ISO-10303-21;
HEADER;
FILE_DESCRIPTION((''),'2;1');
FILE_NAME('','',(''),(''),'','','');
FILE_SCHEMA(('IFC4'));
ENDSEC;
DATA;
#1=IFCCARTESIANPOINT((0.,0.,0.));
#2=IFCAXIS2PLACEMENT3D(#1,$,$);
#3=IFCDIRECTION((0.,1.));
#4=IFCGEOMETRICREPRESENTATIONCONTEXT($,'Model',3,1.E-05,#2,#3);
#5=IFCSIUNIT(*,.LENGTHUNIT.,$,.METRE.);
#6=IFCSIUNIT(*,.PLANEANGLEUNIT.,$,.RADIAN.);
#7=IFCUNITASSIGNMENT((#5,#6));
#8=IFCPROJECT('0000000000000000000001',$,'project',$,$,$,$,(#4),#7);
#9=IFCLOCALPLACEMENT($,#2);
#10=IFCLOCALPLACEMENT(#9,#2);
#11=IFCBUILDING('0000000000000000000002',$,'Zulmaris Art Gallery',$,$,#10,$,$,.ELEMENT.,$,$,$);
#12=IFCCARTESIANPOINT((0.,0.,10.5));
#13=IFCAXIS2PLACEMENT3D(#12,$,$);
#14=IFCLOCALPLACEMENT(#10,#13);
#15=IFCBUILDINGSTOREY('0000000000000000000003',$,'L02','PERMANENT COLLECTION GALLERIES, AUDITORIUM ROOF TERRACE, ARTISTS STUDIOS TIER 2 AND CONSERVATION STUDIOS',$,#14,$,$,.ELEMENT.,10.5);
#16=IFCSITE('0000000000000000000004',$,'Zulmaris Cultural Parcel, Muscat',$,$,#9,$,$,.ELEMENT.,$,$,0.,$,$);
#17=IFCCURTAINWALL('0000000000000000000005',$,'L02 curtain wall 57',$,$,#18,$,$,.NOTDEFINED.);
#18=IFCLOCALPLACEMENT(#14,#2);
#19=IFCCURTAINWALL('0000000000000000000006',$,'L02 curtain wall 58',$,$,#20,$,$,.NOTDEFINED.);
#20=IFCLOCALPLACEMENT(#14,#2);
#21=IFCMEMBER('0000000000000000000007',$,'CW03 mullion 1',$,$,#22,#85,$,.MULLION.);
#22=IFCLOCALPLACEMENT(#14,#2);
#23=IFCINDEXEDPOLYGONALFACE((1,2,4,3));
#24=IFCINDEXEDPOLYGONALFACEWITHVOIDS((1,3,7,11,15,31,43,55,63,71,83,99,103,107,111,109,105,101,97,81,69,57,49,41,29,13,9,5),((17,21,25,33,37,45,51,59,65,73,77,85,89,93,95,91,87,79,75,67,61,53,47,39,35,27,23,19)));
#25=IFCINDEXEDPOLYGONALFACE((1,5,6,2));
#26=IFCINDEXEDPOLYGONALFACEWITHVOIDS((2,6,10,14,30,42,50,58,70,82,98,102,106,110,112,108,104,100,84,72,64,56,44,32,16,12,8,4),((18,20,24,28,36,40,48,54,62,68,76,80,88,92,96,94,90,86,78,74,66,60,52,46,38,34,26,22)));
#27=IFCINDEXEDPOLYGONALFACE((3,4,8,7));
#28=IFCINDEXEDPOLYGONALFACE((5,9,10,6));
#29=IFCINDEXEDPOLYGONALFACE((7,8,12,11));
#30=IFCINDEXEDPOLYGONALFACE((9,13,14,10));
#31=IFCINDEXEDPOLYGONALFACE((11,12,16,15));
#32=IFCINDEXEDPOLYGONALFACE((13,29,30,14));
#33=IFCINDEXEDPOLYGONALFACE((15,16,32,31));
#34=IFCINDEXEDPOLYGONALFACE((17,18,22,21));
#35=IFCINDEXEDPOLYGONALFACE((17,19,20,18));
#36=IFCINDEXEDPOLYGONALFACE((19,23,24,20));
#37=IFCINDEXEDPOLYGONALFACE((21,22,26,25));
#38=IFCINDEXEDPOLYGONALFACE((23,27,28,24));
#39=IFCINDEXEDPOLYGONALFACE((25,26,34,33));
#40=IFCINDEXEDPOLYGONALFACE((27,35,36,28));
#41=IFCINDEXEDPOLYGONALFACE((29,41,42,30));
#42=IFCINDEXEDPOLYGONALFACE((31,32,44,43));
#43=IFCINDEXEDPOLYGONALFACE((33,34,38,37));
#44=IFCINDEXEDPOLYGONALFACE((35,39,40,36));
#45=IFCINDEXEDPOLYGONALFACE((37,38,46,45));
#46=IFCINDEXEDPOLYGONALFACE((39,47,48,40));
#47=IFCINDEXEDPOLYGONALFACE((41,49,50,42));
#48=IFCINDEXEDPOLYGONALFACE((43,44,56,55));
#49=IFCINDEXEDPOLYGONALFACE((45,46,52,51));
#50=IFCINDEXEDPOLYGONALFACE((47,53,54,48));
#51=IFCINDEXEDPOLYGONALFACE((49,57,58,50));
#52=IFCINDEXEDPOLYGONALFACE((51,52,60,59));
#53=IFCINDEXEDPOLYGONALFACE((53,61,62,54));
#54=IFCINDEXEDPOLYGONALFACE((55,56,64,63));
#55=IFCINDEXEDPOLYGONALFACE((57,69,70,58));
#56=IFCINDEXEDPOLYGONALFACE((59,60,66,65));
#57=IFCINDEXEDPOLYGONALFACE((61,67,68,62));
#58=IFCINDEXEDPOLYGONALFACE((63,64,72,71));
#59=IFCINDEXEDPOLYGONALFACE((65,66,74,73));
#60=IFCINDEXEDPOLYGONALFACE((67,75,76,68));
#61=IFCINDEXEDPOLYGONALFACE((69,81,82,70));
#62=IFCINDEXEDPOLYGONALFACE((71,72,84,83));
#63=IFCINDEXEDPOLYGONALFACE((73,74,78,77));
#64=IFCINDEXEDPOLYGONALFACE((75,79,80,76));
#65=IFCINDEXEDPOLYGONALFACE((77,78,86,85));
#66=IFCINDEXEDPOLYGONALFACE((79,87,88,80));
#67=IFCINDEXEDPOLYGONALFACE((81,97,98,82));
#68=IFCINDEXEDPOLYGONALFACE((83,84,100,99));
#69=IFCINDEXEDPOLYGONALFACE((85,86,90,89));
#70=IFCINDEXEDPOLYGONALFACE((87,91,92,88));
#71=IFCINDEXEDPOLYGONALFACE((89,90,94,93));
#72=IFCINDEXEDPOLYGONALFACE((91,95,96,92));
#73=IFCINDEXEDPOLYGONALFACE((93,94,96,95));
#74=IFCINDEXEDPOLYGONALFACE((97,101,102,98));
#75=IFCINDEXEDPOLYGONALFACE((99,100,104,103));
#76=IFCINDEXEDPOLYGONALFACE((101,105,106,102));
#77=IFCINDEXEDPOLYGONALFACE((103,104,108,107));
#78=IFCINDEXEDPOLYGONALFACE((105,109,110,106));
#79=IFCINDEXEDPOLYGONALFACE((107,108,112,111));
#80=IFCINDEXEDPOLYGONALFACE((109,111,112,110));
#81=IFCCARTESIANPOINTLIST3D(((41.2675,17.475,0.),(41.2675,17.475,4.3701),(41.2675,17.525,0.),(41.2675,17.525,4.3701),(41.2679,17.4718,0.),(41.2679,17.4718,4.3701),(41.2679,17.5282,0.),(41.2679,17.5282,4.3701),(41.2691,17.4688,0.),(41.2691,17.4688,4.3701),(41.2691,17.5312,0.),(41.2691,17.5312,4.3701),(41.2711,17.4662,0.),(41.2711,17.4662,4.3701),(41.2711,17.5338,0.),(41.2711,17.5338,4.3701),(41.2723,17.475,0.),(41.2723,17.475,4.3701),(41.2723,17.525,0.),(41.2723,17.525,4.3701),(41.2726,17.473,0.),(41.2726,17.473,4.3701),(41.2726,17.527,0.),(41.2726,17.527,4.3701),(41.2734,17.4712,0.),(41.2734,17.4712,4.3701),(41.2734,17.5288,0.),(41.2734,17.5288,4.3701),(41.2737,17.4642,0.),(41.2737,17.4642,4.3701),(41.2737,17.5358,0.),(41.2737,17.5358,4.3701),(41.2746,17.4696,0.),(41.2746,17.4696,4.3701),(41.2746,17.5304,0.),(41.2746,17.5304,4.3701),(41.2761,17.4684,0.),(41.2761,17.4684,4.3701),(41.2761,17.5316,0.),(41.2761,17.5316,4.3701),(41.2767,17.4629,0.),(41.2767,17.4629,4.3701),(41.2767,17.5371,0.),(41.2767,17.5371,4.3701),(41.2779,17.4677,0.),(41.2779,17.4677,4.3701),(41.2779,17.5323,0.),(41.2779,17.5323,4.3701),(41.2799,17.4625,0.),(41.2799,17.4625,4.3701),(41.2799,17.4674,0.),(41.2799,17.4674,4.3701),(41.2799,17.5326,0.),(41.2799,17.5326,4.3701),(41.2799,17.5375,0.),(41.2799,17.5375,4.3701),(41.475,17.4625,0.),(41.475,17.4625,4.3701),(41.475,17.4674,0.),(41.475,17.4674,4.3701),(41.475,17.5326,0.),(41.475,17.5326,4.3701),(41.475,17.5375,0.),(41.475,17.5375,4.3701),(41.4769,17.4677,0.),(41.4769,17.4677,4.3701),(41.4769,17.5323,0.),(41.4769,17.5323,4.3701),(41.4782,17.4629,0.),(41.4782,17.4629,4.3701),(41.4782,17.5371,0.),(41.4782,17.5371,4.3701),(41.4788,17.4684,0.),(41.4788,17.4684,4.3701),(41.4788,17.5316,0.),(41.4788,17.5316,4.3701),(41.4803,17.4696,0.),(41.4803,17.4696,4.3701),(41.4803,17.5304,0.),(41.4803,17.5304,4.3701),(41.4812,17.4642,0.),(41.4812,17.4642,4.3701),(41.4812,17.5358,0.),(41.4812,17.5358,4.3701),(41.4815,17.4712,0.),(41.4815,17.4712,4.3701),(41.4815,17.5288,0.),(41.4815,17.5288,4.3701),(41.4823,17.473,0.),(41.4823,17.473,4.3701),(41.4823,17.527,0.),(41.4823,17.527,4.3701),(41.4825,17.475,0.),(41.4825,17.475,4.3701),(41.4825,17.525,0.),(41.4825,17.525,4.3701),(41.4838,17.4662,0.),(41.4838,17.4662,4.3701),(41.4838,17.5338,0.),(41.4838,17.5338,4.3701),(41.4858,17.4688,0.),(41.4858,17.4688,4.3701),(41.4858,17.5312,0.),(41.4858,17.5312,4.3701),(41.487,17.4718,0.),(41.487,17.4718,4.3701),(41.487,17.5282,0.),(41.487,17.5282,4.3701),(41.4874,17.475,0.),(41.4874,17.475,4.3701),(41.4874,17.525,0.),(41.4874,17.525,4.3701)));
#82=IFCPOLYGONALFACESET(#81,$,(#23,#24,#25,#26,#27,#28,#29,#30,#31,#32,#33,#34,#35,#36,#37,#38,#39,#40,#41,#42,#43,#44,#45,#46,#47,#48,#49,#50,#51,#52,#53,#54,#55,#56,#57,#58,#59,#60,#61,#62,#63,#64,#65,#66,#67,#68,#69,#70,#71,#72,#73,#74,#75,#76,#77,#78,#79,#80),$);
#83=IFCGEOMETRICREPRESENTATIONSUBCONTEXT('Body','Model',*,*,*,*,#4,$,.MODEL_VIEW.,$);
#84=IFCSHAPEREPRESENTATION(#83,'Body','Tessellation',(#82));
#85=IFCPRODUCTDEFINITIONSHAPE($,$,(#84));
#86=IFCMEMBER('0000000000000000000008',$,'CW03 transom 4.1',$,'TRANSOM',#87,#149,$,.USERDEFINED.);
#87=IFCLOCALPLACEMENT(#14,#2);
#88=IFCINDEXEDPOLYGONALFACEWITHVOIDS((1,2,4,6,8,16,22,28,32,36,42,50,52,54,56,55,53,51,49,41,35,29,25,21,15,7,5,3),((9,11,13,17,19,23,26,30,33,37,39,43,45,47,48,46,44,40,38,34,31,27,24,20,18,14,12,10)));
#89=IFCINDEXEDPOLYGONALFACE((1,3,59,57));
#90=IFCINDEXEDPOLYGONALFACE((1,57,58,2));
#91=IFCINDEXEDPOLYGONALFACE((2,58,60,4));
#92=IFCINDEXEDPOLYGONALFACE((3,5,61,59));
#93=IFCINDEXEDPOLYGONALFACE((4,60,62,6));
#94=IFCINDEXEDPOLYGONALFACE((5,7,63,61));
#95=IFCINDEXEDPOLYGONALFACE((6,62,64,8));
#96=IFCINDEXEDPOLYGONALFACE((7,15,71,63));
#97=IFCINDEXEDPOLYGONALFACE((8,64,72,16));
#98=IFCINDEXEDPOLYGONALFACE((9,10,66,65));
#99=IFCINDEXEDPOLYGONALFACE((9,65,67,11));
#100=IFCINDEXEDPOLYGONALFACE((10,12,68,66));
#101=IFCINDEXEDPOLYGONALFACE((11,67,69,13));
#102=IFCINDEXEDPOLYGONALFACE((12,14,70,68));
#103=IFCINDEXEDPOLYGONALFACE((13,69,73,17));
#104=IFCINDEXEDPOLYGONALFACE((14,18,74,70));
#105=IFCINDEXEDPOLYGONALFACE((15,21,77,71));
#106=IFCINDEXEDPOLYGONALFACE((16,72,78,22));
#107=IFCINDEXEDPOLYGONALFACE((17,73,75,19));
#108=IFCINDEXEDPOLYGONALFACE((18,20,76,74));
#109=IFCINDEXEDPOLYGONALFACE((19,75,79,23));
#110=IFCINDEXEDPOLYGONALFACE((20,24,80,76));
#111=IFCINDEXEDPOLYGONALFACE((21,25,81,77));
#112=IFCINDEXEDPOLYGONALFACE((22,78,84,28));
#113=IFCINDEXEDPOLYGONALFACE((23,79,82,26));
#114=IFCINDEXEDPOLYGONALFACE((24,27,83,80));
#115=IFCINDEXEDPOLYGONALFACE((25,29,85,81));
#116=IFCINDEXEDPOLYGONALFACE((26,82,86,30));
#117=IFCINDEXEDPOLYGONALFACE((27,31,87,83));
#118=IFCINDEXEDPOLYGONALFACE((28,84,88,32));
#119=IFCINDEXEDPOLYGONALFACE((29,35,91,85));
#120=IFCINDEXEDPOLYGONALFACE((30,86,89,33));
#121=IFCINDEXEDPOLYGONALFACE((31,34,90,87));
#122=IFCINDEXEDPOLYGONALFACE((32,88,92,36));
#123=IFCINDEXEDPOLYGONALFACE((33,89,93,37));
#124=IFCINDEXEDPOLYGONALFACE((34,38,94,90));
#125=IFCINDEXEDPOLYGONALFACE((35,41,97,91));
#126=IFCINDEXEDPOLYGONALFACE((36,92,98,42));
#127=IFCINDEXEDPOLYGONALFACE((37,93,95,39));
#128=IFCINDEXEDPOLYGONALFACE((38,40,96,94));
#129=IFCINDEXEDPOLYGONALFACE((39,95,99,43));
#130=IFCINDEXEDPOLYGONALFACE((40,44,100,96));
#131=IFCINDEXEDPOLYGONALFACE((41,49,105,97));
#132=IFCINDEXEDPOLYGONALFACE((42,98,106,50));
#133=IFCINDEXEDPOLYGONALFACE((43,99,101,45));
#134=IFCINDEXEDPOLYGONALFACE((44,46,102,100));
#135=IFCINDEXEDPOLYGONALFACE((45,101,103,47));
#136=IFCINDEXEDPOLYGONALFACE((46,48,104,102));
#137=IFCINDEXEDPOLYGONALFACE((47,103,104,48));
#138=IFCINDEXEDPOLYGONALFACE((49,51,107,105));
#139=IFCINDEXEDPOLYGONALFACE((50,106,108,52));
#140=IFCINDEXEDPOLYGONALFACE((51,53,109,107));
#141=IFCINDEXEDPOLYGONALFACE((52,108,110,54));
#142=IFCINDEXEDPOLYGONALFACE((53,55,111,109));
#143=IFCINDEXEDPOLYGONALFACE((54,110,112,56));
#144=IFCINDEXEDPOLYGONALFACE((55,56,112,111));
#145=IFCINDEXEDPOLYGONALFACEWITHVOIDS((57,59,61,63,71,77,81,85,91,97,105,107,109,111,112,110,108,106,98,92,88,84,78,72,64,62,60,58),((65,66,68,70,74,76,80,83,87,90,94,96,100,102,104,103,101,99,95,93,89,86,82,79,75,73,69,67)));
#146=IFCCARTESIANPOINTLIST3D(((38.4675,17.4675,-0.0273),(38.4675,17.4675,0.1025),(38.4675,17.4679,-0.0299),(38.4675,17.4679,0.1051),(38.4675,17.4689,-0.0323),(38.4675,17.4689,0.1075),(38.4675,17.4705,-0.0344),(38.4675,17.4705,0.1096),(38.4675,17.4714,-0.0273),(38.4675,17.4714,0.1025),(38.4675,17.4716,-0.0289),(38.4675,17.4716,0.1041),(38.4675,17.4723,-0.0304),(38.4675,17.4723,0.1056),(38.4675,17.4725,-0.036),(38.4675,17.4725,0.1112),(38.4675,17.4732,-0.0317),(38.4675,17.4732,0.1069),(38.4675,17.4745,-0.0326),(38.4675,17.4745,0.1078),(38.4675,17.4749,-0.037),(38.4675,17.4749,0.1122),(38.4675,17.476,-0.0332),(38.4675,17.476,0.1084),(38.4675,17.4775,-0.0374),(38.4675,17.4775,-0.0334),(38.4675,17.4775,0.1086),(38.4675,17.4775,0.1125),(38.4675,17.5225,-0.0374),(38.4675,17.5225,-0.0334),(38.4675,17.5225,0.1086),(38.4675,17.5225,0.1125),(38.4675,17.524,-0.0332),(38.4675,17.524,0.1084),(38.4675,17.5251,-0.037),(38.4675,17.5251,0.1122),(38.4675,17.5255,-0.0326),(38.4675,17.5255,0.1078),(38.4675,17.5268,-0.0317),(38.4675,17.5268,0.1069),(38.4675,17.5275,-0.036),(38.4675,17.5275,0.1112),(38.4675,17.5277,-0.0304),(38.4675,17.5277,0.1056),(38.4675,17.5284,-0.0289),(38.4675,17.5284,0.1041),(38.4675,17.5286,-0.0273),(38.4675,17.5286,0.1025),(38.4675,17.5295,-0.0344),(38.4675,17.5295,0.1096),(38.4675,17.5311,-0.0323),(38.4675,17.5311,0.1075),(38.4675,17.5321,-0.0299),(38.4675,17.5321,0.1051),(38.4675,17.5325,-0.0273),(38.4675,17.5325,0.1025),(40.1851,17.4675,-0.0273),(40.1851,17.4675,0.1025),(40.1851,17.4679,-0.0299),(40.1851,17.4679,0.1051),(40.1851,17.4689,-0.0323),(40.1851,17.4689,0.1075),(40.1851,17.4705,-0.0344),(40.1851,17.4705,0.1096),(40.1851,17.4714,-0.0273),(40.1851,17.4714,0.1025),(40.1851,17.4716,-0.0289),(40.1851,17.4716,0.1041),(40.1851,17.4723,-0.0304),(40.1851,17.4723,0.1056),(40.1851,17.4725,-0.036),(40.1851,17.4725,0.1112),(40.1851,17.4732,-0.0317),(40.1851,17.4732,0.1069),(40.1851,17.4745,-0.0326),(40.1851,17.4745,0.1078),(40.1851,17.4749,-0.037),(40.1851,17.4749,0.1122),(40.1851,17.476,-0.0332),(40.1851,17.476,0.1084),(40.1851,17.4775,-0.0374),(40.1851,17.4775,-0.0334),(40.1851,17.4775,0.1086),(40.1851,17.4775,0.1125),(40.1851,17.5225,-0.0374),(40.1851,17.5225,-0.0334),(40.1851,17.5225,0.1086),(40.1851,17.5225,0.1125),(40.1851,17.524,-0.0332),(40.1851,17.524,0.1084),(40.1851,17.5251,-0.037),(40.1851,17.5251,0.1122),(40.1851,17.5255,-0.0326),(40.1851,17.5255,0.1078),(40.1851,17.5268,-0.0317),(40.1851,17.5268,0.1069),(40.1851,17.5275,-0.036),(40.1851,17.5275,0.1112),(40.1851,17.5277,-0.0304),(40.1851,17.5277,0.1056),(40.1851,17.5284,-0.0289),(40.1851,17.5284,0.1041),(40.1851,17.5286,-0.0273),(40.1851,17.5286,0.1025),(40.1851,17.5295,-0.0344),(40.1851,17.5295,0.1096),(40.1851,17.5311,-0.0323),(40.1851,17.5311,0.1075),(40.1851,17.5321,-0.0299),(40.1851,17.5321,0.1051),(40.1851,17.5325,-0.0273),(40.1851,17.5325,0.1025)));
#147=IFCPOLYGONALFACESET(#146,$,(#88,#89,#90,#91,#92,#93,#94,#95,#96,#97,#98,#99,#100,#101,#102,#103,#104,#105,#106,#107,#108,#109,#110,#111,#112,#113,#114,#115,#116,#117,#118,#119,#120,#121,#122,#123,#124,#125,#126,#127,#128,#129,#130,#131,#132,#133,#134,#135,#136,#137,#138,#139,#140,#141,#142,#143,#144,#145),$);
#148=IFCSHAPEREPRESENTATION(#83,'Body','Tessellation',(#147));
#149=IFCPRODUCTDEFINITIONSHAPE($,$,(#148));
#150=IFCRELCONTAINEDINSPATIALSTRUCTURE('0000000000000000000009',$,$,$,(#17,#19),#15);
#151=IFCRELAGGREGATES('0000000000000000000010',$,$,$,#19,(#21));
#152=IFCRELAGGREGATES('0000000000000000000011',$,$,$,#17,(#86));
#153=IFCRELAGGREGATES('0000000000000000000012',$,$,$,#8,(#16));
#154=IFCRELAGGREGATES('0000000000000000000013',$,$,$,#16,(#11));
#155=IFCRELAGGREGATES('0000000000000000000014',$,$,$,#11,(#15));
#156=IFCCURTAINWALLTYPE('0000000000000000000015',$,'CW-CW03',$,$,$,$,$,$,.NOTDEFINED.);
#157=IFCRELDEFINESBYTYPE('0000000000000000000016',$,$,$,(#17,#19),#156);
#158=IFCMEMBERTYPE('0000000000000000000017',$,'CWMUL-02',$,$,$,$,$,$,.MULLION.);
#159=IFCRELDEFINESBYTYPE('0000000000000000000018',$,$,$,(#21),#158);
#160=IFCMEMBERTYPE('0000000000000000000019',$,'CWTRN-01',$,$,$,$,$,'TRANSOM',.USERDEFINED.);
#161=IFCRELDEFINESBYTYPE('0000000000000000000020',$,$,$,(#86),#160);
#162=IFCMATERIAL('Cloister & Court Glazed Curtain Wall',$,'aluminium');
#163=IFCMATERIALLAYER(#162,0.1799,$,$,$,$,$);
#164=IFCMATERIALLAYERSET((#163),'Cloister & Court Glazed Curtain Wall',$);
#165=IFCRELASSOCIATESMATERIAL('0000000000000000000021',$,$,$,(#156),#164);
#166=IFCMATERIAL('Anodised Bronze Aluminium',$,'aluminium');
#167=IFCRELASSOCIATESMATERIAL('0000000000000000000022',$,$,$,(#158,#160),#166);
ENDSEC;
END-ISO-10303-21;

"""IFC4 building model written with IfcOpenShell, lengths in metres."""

from ifc_helpers import new_model, si_unit, direction, frame, origin, origin_2d, place, context, subcontext, project, spatial, hollow_rectangle, extrude, material, layer, layer_set, material_profile, profile_set, type_object, element, aggregate, save


model = new_model("IFC4")

# Units and contexts
model_context = context("Model", 3, precision=1e-05, world=origin(), true_north=direction((0.0, 1.0)))
body_context = subcontext(model_context, "Body", "Model", "MODEL_VIEW")
ifc_project = project(units=[si_unit("LENGTHUNIT", "METRE"), si_unit("PLANEANGLEUNIT", "RADIAN")], contexts=[model_context])

# Site, building, storey
site_placement = place(None, origin())
site = spatial("IfcSite", under=ifc_project, at=site_placement, Name="Zulmaris Cultural Parcel, Muscat", CompositionType="ELEMENT", RefElevation=0.0)
building_placement = place(site_placement, origin())
building = spatial("IfcBuilding", under=site, at=building_placement, Name="Zulmaris Art Gallery", CompositionType="ELEMENT")
storey_placement = place(building_placement, frame((0.0, 0.0, 10.5)))
storey = spatial("IfcBuildingStorey", under=building, at=storey_placement, Name="L02", Description="PERMANENT COLLECTION GALLERIES, AUDITORIUM ROOF TERRACE, ARTISTS STUDIOS TIER 2 AND CONSERVATION STUDIOS", CompositionType="ELEMENT", Elevation=10.5)

# Curtain wall
ifc_material_1 = material(Name="Cloister & Court Glazed Curtain Wall", Category="aluminium")
ifc_layer_1 = layer(ifc_material_1, 0.1799)
ifc_layer_set_1 = layer_set([ifc_layer_1], Name="Cloister & Court Glazed Curtain Wall")
curtain_wall_type = type_object("IfcCurtainWallType", Name="CW-CW03", PredefinedType="NOTDEFINED", material=ifc_layer_set_1)
curtain_wall_1_placement = place(storey_placement, origin())
curtain_wall_1 = element("IfcCurtainWall", 1, at=curtain_wall_1_placement, inside=storey, type_object=curtain_wall_type, Name="L02 curtain wall 57", PredefinedType="NOTDEFINED")
ifc_material_2 = material(Name="Anodised Bronze Aluminium", Category="aluminium")
ifc_material_profile_1 = material_profile(ifc_material_2, hollow_rectangle(XDim=0.075, YDim=0.22, WallThickness=0.0049, InnerFilletRadius=0.0076, OuterFilletRadius=0.0125, at=origin_2d()), Name="ALU 75x220x5")
ifc_profile_set_1 = profile_set([ifc_material_profile_1], Name="Anodised Bronze Aluminium")
member_type_1 = type_object("IfcMemberType", Name="CWMUL-02", PredefinedType="MULLION", material=ifc_profile_set_1)

# Curtain wall, member
curtain_wall_2_placement = place(storey_placement, origin())
curtain_wall_2 = element("IfcCurtainWall", 2, at=curtain_wall_2_placement, inside=storey, type_object=curtain_wall_type, Name="L02 curtain wall 58", PredefinedType="NOTDEFINED")
member_1_placement = place(storey_placement, frame((41.3774, 17.5, 0.0), z_axis=(0.0, 0.0, 1.0), x_axis=(0.0, 1.0, 0.0)))
member_1 = element("IfcMember", 3, at=member_1_placement, type_object=member_type_1, Name="CW03 mullion 1", PredefinedType="MULLION", context=body_context, shape_type="SweptSolid", body=[
    extrude(hollow_rectangle(XDim=0.075, YDim=0.22, WallThickness=0.0049, InnerFilletRadius=0.0076, OuterFilletRadius=0.0125, at=origin_2d()), origin(), (0.0, 0.0, 1.0), 4.3701),
])

# Member
ifc_material_profile_2 = material_profile(ifc_material_2, hollow_rectangle(XDim=0.0649, YDim=0.1499, WallThickness=0.0039, InnerFilletRadius=0.0061, OuterFilletRadius=0.01, at=origin_2d()), Name="ALU 65x150x4")
ifc_profile_set_2 = profile_set([ifc_material_profile_2], Name="Anodised Bronze Aluminium")
member_type_2 = type_object("IfcMemberType", Name="CWTRN-01", ElementType="TRANSOM", PredefinedType="USERDEFINED", material=ifc_profile_set_2)
member_2_placement = place(storey_placement, frame((38.4675, 17.5, 0.0376), z_axis=(1.0, 0.0, 0.0), x_axis=(0.0, 1.0, 0.0)))
member_2 = element("IfcMember", 4, at=member_2_placement, type_object=member_type_2, Name="CW03 transom 4.1", ObjectType="TRANSOM", PredefinedType="USERDEFINED", context=body_context, shape_type="SweptSolid", body=[
    extrude(hollow_rectangle(XDim=0.0649, YDim=0.1499, WallThickness=0.0039, InnerFilletRadius=0.0061, OuterFilletRadius=0.01, at=origin_2d()), origin(), (0.0, 0.0, 1.0), 1.7175),
])
aggregate(curtain_wall_2, [member_1])

aggregate(curtain_wall_1, [member_2])

save(model, "model.ifc")
